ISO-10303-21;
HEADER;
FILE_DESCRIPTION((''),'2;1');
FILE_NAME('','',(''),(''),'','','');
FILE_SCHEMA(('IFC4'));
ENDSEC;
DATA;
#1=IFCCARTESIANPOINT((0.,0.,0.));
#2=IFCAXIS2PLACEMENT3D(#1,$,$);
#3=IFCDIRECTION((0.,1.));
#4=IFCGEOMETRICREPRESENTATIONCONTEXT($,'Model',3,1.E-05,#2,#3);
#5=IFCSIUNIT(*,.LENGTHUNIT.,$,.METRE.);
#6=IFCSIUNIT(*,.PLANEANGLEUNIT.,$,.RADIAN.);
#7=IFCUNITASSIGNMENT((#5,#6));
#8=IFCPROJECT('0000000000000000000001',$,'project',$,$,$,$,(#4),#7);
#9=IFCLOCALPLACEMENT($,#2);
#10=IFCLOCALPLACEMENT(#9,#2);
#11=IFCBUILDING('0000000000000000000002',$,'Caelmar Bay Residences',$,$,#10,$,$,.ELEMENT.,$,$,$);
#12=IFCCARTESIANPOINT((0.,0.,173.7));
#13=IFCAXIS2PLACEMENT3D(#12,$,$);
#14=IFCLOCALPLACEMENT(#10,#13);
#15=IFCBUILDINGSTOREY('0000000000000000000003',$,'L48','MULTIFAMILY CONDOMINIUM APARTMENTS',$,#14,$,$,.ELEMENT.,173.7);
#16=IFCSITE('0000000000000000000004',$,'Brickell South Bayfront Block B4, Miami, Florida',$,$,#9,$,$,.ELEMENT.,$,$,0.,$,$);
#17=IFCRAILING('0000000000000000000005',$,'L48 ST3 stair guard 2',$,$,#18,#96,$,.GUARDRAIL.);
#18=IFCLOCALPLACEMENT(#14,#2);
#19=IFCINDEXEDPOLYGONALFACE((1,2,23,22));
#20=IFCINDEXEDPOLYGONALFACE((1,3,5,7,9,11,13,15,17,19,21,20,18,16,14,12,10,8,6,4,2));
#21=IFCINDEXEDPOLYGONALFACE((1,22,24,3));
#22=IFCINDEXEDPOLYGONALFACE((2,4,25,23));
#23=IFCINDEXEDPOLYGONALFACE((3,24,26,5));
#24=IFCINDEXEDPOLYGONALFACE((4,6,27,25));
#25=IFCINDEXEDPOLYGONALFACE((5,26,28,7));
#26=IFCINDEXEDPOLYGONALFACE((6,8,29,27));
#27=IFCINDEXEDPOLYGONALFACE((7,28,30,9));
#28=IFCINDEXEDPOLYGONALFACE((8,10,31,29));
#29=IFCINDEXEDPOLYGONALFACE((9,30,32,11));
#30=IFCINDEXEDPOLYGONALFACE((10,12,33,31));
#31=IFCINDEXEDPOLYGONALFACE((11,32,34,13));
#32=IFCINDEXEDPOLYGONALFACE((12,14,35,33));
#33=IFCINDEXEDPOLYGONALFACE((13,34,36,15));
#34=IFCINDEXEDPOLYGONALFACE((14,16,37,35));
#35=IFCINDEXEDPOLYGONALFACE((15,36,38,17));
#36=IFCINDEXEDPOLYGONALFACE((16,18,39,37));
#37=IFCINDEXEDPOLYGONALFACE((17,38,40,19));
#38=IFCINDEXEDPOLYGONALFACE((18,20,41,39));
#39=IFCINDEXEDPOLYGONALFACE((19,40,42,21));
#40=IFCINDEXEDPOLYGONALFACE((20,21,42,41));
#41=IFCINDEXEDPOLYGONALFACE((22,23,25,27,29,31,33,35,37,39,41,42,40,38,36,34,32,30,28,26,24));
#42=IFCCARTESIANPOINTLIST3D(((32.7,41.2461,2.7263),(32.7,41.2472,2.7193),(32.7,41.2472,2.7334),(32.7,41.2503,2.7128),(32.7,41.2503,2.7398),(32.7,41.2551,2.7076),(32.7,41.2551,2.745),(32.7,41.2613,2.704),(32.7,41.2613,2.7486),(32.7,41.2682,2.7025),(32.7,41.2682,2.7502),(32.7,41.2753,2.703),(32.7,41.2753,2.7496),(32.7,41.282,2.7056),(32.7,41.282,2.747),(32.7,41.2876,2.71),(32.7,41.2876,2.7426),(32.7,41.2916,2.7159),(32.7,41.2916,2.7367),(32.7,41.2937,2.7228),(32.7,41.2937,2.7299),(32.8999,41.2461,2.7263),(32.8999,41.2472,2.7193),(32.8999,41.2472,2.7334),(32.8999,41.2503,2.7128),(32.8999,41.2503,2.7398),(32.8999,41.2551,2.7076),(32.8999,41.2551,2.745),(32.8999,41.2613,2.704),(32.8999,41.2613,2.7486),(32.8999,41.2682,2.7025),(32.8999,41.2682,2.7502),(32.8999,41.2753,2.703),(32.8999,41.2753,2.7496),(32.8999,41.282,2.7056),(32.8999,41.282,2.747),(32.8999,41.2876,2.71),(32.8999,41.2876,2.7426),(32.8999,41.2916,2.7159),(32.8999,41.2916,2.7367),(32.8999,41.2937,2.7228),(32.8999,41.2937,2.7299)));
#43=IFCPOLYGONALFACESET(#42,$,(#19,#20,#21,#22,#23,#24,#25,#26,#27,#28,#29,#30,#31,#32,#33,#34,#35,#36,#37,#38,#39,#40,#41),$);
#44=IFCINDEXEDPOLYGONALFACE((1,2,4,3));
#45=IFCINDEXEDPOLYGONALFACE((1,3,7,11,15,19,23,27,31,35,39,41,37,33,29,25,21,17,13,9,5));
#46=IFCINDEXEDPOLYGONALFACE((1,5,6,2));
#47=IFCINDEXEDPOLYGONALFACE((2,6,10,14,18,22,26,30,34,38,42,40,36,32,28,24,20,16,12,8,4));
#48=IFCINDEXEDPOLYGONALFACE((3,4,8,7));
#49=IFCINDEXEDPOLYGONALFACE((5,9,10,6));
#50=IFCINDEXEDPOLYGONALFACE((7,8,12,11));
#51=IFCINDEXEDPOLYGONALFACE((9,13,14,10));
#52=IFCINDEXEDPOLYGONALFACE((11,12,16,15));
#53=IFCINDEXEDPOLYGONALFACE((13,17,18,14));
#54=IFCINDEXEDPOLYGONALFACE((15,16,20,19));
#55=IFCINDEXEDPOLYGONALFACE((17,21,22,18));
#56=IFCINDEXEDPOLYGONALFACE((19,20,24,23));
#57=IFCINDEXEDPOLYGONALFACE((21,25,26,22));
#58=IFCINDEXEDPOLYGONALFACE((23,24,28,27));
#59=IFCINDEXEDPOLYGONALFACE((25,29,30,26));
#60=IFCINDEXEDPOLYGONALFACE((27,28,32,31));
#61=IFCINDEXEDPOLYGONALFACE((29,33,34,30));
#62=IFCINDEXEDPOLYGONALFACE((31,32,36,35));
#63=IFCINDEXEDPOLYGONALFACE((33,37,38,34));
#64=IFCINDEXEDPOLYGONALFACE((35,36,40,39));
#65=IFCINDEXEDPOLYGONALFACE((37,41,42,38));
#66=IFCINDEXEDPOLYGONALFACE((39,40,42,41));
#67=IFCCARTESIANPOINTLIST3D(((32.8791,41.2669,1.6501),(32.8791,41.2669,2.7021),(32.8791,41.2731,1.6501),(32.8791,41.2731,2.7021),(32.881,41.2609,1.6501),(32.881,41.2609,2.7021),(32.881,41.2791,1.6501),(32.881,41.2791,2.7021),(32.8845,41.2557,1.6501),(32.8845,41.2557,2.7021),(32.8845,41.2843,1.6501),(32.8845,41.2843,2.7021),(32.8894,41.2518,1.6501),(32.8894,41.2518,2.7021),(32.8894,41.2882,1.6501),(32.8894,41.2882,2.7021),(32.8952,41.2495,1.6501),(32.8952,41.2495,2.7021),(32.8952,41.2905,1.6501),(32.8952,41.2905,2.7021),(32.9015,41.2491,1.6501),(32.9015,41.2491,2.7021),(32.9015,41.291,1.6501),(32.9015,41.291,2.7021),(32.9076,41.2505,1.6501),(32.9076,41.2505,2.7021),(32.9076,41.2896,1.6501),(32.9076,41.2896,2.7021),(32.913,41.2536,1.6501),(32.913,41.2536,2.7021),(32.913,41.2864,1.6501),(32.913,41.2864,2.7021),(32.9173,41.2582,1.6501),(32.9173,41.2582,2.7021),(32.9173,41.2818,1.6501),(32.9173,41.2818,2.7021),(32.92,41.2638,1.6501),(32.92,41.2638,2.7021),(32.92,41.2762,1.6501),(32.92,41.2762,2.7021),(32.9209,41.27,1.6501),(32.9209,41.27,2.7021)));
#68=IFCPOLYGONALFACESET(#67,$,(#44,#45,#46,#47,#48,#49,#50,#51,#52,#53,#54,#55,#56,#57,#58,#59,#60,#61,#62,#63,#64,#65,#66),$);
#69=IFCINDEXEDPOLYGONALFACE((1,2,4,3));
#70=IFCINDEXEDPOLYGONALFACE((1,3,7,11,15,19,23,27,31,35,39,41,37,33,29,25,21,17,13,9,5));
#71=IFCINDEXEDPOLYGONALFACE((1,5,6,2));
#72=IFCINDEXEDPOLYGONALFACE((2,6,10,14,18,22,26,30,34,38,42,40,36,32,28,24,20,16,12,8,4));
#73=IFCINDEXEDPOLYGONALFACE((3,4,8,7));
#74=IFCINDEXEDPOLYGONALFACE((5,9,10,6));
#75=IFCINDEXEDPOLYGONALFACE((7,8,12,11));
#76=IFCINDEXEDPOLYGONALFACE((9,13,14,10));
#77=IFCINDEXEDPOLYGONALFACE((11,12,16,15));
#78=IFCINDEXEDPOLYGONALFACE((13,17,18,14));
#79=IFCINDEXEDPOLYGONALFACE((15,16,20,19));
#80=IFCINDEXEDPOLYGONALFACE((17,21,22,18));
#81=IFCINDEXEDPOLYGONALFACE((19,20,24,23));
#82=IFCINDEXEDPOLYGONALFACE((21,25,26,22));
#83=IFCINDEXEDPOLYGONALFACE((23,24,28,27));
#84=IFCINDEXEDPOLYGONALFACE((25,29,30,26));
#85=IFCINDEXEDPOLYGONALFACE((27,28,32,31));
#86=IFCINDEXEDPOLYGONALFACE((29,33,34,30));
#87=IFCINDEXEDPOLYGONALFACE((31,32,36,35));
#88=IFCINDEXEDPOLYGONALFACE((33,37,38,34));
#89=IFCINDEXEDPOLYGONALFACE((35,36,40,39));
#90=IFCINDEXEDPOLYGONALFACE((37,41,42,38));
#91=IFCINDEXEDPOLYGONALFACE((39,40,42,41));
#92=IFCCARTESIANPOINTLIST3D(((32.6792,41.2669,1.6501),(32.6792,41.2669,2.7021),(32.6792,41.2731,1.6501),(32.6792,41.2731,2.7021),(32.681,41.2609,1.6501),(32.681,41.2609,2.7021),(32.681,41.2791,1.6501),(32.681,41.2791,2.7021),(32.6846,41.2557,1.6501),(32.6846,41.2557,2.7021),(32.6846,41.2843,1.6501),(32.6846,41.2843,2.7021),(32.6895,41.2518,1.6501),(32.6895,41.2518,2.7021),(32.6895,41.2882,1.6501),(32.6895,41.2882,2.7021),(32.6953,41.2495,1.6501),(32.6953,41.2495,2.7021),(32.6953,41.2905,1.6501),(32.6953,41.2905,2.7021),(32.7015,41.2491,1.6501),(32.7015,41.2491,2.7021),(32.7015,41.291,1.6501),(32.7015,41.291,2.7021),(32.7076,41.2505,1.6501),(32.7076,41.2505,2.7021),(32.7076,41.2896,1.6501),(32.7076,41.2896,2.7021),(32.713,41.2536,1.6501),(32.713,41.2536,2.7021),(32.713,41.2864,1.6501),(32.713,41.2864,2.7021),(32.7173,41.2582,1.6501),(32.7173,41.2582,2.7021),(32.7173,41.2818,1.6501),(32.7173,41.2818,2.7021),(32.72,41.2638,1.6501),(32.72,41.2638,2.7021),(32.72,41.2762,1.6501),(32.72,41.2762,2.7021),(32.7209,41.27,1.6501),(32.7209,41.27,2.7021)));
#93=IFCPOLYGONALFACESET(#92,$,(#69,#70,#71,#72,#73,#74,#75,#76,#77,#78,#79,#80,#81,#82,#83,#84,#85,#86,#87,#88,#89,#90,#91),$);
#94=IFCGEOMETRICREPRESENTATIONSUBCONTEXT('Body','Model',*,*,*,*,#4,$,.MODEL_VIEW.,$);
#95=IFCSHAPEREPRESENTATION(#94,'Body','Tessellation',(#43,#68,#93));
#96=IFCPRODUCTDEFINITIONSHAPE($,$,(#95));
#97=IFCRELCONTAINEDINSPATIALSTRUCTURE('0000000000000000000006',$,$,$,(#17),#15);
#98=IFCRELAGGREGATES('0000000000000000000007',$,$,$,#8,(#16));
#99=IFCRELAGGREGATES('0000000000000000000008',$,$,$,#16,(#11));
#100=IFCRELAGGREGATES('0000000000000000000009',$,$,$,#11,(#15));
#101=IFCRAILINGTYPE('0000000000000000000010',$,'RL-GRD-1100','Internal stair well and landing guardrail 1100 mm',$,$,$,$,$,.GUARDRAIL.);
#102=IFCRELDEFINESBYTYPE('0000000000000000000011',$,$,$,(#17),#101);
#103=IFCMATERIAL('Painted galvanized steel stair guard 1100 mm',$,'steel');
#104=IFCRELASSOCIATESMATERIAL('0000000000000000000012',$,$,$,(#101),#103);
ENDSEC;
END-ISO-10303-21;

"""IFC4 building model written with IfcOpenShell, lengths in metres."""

from ifc_helpers import new_model, si_unit, direction, frame, origin, origin_2d, place, context, subcontext, project, spatial, circle, extrude, material, type_object, element, save


model = new_model("IFC4")

# Units and contexts
model_context = context("Model", 3, precision=1e-05, world=origin(), true_north=direction((0.0, 1.0)))
body_context = subcontext(model_context, "Body", "Model", "MODEL_VIEW")
ifc_project = project(units=[si_unit("LENGTHUNIT", "METRE"), si_unit("PLANEANGLEUNIT", "RADIAN")], contexts=[model_context])

# Site, building, storey
site_placement = place(None, origin())
site = spatial("IfcSite", under=ifc_project, at=site_placement, Name="Brickell South Bayfront Block B4, Miami, Florida", CompositionType="ELEMENT", RefElevation=0.0)
building_placement = place(site_placement, origin())
building = spatial("IfcBuilding", under=site, at=building_placement, Name="Caelmar Bay Residences", CompositionType="ELEMENT")
storey_placement = place(building_placement, frame((0.0, 0.0, 173.7)))
storey = spatial("IfcBuildingStorey", under=building, at=storey_placement, Name="L48", Description="MULTIFAMILY CONDOMINIUM APARTMENTS", CompositionType="ELEMENT", Elevation=173.7)

# Railing
ifc_material_1 = material(Name="Painted galvanized steel stair guard 1100 mm", Category="steel")
railing_type_1 = type_object("IfcRailingType", Name="RL-GRD-1100", Description="Internal stair well and landing guardrail 1100 mm", PredefinedType="GUARDRAIL", material=ifc_material_1)
railing_1_placement = place(storey_placement, frame((32.8999, 41.27, 1.6501)))
element("IfcRailing", 1, at=railing_1_placement, inside=storey, type_object=railing_type_1, Name="L48 ST3 stair guard 2", PredefinedType="GUARDRAIL", context=body_context, shape_type="SweptSolid", body=[
    extrude(circle(Radius=0.0239, at=origin_2d()), frame((0.0, 0.0, 1.0762), z_axis=(-1.0, 0.0, 0.0), x_axis=(0.0, -1.0, 0.0)), (0.0, 0.0, 1.0), 0.2),
    extrude(circle(Radius=0.021, at=origin_2d()), origin(), (0.0, 0.0, 1.0), 1.052),
    extrude(circle(Radius=0.021, at=origin_2d()), frame((-0.2, 0.0, 0.0)), (0.0, 0.0, 1.0), 1.052),
])

save(model, "model.ifc")
